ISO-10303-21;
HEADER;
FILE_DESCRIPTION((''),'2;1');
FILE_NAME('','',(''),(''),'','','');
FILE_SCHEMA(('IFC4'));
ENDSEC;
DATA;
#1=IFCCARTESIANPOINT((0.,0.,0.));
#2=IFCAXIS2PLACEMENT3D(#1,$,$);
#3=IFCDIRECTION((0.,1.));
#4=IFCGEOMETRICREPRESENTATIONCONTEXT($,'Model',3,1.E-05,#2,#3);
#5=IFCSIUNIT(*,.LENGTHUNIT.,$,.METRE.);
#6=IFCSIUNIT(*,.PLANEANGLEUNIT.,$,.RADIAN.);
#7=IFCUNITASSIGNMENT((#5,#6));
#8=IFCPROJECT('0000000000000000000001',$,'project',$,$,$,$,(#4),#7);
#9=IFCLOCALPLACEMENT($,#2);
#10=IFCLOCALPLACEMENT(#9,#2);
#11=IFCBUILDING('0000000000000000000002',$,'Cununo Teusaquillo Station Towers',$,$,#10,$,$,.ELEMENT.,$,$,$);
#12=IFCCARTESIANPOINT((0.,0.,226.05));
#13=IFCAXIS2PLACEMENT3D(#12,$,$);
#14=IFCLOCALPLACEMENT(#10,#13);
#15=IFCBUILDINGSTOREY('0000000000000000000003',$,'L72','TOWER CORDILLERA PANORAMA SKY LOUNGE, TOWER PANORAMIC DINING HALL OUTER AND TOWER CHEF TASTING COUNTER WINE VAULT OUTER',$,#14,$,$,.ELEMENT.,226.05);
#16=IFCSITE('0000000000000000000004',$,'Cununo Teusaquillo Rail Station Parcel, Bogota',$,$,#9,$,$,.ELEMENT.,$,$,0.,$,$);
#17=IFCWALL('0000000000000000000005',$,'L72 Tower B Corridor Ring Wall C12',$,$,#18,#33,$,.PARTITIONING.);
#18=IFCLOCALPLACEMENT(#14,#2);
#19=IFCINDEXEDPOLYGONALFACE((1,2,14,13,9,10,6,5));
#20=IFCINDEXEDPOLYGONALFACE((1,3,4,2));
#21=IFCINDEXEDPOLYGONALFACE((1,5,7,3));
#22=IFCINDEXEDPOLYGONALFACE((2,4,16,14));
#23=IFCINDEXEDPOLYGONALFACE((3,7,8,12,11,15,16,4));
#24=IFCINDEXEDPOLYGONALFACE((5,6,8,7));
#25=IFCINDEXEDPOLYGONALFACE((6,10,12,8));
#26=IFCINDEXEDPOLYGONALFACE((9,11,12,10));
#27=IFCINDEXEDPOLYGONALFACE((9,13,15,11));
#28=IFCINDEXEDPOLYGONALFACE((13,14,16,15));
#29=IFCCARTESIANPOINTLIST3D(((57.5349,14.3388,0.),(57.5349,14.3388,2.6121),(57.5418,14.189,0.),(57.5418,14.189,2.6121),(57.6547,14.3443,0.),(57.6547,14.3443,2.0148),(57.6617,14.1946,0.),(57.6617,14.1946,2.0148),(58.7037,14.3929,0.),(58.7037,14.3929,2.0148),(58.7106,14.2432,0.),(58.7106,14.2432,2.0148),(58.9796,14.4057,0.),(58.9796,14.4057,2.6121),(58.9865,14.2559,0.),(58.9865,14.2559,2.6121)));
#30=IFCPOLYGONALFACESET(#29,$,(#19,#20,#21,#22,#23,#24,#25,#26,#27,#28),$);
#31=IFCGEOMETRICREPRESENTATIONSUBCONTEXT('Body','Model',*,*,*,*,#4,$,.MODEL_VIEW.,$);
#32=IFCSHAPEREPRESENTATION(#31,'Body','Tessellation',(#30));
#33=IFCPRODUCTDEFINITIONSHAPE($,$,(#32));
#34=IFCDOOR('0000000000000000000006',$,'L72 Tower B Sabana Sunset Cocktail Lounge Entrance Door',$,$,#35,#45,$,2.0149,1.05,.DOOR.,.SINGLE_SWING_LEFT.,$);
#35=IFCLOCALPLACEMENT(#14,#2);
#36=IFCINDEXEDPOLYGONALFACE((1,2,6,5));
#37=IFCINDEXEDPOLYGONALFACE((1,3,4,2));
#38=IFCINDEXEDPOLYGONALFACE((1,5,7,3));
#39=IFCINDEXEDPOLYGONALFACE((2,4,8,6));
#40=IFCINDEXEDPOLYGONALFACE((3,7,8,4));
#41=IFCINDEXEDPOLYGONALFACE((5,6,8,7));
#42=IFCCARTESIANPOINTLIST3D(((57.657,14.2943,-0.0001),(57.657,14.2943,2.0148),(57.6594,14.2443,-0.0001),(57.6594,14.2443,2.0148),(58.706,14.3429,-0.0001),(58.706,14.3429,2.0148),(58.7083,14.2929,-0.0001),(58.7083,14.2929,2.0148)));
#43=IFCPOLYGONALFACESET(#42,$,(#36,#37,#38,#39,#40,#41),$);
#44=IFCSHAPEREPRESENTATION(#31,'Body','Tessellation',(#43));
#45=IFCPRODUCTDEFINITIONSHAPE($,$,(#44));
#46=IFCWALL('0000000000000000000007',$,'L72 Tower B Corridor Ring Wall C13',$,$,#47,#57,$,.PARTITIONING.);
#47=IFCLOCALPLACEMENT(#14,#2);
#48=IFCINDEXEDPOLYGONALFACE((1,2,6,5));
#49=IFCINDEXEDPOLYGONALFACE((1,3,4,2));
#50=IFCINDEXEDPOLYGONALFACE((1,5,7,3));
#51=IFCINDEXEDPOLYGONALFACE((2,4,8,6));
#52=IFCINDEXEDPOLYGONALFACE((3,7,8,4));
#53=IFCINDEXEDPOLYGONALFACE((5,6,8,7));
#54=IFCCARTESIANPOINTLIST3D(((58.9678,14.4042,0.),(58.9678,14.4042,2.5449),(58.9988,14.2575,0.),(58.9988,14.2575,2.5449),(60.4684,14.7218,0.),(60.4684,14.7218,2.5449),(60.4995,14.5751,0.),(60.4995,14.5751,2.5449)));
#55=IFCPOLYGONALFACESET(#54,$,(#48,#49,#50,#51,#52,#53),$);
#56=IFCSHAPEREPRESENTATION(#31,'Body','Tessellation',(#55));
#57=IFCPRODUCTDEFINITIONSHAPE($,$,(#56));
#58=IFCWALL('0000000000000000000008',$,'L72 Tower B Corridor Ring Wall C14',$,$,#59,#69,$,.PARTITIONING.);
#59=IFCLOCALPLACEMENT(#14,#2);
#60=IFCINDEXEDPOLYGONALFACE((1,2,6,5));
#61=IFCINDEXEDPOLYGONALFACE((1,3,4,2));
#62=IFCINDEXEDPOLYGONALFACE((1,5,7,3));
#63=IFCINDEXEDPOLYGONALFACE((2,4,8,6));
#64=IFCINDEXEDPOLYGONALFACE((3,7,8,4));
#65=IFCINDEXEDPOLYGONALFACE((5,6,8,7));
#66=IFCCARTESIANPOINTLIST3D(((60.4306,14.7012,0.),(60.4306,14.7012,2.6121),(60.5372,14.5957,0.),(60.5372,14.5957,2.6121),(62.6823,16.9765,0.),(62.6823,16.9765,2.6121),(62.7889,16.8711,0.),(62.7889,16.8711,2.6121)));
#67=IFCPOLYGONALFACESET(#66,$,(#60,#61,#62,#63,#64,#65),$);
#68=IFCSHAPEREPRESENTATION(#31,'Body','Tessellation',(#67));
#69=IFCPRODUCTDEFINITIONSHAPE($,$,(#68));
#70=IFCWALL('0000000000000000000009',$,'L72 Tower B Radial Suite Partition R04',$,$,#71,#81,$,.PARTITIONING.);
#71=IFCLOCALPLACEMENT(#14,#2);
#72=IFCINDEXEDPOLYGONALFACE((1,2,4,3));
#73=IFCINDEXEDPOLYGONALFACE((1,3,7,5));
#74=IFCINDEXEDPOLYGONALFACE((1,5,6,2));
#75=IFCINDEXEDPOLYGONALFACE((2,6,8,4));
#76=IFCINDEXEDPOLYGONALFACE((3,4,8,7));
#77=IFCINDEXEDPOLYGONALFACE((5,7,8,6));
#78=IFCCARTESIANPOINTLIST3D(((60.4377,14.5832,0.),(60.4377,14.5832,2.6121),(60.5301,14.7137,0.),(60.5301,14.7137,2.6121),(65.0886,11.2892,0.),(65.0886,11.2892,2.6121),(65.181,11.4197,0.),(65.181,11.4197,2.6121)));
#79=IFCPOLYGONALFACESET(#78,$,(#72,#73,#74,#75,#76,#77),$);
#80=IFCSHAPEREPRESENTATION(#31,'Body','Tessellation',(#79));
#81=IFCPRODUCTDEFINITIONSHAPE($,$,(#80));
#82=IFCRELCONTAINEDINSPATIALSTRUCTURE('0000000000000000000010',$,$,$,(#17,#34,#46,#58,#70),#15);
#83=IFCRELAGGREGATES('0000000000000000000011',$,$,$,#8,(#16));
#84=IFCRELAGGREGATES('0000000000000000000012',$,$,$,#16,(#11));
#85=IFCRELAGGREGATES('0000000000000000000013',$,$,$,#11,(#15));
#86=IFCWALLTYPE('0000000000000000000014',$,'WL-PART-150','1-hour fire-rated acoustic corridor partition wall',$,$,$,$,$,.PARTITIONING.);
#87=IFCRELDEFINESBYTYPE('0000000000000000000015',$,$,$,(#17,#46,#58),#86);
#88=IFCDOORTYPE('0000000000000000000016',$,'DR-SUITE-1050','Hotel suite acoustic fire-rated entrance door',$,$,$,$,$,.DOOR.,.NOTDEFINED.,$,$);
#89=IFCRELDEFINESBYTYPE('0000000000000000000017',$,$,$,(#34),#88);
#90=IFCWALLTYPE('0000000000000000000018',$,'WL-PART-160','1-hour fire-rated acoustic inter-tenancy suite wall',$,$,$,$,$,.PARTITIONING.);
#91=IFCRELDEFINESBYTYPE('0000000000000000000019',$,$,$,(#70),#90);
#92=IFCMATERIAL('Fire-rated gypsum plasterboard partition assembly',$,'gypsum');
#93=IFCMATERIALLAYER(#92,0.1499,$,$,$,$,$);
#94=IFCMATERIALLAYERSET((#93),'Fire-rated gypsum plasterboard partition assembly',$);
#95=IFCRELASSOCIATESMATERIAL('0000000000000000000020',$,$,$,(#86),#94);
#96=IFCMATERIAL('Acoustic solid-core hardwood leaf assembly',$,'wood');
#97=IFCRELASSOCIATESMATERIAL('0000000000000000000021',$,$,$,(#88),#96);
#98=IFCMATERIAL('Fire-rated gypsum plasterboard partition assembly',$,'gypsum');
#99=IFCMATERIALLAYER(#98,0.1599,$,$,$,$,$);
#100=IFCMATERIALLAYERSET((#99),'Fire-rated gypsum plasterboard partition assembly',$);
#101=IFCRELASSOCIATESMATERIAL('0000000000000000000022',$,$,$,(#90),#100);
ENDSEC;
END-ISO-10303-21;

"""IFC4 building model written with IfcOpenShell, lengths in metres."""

from ifc_helpers import new_model, si_unit, direction, frame, frame_2d, origin, place, context, subcontext, project, spatial, rectangle, extrude, source, transform, mapped, material, layer, layer_set, type_object, element, fill, save


model = new_model("IFC4")

# Units and contexts
model_context = context("Model", 3, precision=1e-05, world=origin(), true_north=direction((0.0, 1.0)))
body_context = subcontext(model_context, "Body", "Model", "MODEL_VIEW")
ifc_project = project(units=[si_unit("LENGTHUNIT", "METRE"), si_unit("PLANEANGLEUNIT", "RADIAN")], contexts=[model_context])

# Site, building, storey
site_placement = place(None, origin())
site = spatial("IfcSite", under=ifc_project, at=site_placement, Name="Cununo Teusaquillo Rail Station Parcel, Bogota", CompositionType="ELEMENT", RefElevation=0.0)
building_placement = place(site_placement, origin())
building = spatial("IfcBuilding", under=site, at=building_placement, Name="Cununo Teusaquillo Station Towers", CompositionType="ELEMENT")
storey_placement = place(building_placement, frame((0.0, 0.0, 226.05)))
storey = spatial("IfcBuildingStorey", under=building, at=storey_placement, Name="L72", Description="TOWER CORDILLERA PANORAMA SKY LOUNGE, TOWER PANORAMIC DINING HALL OUTER AND TOWER CHEF TASTING COUNTER WINE VAULT OUTER", CompositionType="ELEMENT", Elevation=226.05)

# Wall, opening, door
ifc_material_1 = material(Name="Fire-rated gypsum plasterboard partition assembly", Category="gypsum")
ifc_layer_1 = layer(ifc_material_1, 0.1499)
ifc_layer_set_1 = layer_set([ifc_layer_1], Name="Fire-rated gypsum plasterboard partition assembly")
wall_type_1 = type_object("IfcWallType", Name="WL-PART-150", Description="1-hour fire-rated acoustic corridor partition wall", PredefinedType="PARTITIONING", material=ifc_layer_set_1)
wall_1_placement = place(storey_placement, frame((57.5383, 14.2639, 0.0), z_axis=(0.0, 0.0, 1.0), x_axis=(0.99893, 0.04625, 0.0)))
wall_1 = element("IfcWall", 1, at=wall_1_placement, inside=storey, type_object=wall_type_1, Name="L72 Tower B Corridor Ring Wall C12", PredefinedType="PARTITIONING", context=body_context, shape_type="SweptSolid", body=[
    extrude(rectangle(XDim=1.4463, YDim=0.1499, at=frame_2d((0.7231, 0.0))), origin(), (0.0, 0.0, 1.0), 2.6121),
])
shared_shape_1 = source(origin(), body_context, "Body", "SweptSolid", [
    extrude(rectangle(XDim=1.05, YDim=2.0149, at=frame_2d((0.5249, 1.0073))), frame((0.0, 0.085, 0.0), z_axis=(0.0, -1.0, 0.0), x_axis=(1.0, 0.0, 0.0)), (0.0, 0.0, 1.0), 0.1699),
])
opening_1_placement = place(wall_1_placement, frame((0.1201, 0.0, 0.0)))
opening_1 = element("IfcOpeningElement", 2, at=opening_1_placement, cuts=wall_1, PredefinedType="OPENING", context=body_context, shape_type="MappedRepresentation", body=[
    mapped(shared_shape_1, transform((0.0, 0.0, 0.0), x_axis=(1.0, 0.0, 0.0), y_axis=(0.0, 1.0, 0.0), z_axis=(0.0, 0.0, 1.0), scale=1.0)),
])
ifc_material_2 = material(Name="Acoustic solid-core hardwood leaf assembly", Category="wood")
door_type_1 = type_object("IfcDoorType", Name="DR-SUITE-1050", Description="Hotel suite acoustic fire-rated entrance door", OperationType="NOTDEFINED", PredefinedType="DOOR", material=ifc_material_2)
shared_shape_2 = source(origin(), body_context, "Body", "SweptSolid", [
    extrude(rectangle(XDim=1.05, YDim=2.0149, at=frame_2d((0.5249, 1.0073))), frame((0.0, 0.0249, 0.0), z_axis=(0.0, -1.0, 0.0), x_axis=(1.0, 0.0, 0.0)), (0.0, 0.0, 1.0), 0.05),
])
door_1_placement = place(opening_1_placement, origin())
door_1 = element("IfcDoor", 3, at=door_1_placement, inside=storey, type_object=door_type_1, Name="L72 Tower B Sabana Sunset Cocktail Lounge Entrance Door", OperationType="SINGLE_SWING_LEFT", OverallHeight=2.0149, OverallWidth=1.05, PredefinedType="DOOR", context=body_context, shape_type="MappedRepresentation", body=[
    mapped(shared_shape_2, transform((0.0, 0.0, 0.0), x_axis=(1.0, 0.0, 0.0), y_axis=(0.0, 1.0, 0.0), z_axis=(0.0, 0.0, 1.0), scale=1.0)),
])
fill(opening_1, door_1)

# Walls
wall_2_placement = place(storey_placement, frame((58.9832, 14.3308, 0.0), z_axis=(0.0, 0.0, 1.0), x_axis=(0.978328, 0.207061, 0.0)))
element("IfcWall", 4, at=wall_2_placement, inside=storey, type_object=wall_type_1, Name="L72 Tower B Corridor Ring Wall C13", PredefinedType="PARTITIONING", context=body_context, shape_type="SweptSolid", body=[
    extrude(rectangle(XDim=1.5339, YDim=0.1499, at=frame_2d((0.7671, 0.0))), origin(), (0.0, 0.0, 1.0), 2.5449),
])
wall_3_placement = place(storey_placement, frame((60.4839, 14.6484, 0.0), z_axis=(0.0, 0.0, 1.0), x_axis=(0.703398, 0.710796, 0.0)))
element("IfcWall", 5, at=wall_3_placement, inside=storey, type_object=wall_type_1, Name="L72 Tower B Corridor Ring Wall C14", PredefinedType="PARTITIONING", context=body_context, shape_type="SweptSolid", body=[
    extrude(rectangle(XDim=3.2012, YDim=0.1499, at=frame_2d((1.6006, 0.0))), origin(), (0.0, 0.0, 1.0), 2.6121),
])
ifc_material_3 = material(Name="Fire-rated gypsum plasterboard partition assembly", Category="gypsum")
ifc_layer_2 = layer(ifc_material_3, 0.1599)
ifc_layer_set_2 = layer_set([ifc_layer_2], Name="Fire-rated gypsum plasterboard partition assembly")
wall_type_2 = type_object("IfcWallType", Name="WL-PART-160", Description="1-hour fire-rated acoustic inter-tenancy suite wall", PredefinedType="PARTITIONING", material=ifc_layer_set_2)
wall_4_placement = place(storey_placement, frame((60.4839, 14.6484, 0.0), z_axis=(0.0, 0.0, 1.0), x_axis=(0.81606, -0.577967, 0.0)))
element("IfcWall", 6, at=wall_4_placement, inside=storey, type_object=wall_type_2, Name="L72 Tower B Radial Suite Partition R04", PredefinedType="PARTITIONING", context=body_context, shape_type="SweptSolid", body=[
    extrude(rectangle(XDim=5.6992, YDim=0.1599, at=frame_2d((2.8496, 0.0))), origin(), (0.0, 0.0, 1.0), 2.6121),
])

save(model, "model.ifc")
